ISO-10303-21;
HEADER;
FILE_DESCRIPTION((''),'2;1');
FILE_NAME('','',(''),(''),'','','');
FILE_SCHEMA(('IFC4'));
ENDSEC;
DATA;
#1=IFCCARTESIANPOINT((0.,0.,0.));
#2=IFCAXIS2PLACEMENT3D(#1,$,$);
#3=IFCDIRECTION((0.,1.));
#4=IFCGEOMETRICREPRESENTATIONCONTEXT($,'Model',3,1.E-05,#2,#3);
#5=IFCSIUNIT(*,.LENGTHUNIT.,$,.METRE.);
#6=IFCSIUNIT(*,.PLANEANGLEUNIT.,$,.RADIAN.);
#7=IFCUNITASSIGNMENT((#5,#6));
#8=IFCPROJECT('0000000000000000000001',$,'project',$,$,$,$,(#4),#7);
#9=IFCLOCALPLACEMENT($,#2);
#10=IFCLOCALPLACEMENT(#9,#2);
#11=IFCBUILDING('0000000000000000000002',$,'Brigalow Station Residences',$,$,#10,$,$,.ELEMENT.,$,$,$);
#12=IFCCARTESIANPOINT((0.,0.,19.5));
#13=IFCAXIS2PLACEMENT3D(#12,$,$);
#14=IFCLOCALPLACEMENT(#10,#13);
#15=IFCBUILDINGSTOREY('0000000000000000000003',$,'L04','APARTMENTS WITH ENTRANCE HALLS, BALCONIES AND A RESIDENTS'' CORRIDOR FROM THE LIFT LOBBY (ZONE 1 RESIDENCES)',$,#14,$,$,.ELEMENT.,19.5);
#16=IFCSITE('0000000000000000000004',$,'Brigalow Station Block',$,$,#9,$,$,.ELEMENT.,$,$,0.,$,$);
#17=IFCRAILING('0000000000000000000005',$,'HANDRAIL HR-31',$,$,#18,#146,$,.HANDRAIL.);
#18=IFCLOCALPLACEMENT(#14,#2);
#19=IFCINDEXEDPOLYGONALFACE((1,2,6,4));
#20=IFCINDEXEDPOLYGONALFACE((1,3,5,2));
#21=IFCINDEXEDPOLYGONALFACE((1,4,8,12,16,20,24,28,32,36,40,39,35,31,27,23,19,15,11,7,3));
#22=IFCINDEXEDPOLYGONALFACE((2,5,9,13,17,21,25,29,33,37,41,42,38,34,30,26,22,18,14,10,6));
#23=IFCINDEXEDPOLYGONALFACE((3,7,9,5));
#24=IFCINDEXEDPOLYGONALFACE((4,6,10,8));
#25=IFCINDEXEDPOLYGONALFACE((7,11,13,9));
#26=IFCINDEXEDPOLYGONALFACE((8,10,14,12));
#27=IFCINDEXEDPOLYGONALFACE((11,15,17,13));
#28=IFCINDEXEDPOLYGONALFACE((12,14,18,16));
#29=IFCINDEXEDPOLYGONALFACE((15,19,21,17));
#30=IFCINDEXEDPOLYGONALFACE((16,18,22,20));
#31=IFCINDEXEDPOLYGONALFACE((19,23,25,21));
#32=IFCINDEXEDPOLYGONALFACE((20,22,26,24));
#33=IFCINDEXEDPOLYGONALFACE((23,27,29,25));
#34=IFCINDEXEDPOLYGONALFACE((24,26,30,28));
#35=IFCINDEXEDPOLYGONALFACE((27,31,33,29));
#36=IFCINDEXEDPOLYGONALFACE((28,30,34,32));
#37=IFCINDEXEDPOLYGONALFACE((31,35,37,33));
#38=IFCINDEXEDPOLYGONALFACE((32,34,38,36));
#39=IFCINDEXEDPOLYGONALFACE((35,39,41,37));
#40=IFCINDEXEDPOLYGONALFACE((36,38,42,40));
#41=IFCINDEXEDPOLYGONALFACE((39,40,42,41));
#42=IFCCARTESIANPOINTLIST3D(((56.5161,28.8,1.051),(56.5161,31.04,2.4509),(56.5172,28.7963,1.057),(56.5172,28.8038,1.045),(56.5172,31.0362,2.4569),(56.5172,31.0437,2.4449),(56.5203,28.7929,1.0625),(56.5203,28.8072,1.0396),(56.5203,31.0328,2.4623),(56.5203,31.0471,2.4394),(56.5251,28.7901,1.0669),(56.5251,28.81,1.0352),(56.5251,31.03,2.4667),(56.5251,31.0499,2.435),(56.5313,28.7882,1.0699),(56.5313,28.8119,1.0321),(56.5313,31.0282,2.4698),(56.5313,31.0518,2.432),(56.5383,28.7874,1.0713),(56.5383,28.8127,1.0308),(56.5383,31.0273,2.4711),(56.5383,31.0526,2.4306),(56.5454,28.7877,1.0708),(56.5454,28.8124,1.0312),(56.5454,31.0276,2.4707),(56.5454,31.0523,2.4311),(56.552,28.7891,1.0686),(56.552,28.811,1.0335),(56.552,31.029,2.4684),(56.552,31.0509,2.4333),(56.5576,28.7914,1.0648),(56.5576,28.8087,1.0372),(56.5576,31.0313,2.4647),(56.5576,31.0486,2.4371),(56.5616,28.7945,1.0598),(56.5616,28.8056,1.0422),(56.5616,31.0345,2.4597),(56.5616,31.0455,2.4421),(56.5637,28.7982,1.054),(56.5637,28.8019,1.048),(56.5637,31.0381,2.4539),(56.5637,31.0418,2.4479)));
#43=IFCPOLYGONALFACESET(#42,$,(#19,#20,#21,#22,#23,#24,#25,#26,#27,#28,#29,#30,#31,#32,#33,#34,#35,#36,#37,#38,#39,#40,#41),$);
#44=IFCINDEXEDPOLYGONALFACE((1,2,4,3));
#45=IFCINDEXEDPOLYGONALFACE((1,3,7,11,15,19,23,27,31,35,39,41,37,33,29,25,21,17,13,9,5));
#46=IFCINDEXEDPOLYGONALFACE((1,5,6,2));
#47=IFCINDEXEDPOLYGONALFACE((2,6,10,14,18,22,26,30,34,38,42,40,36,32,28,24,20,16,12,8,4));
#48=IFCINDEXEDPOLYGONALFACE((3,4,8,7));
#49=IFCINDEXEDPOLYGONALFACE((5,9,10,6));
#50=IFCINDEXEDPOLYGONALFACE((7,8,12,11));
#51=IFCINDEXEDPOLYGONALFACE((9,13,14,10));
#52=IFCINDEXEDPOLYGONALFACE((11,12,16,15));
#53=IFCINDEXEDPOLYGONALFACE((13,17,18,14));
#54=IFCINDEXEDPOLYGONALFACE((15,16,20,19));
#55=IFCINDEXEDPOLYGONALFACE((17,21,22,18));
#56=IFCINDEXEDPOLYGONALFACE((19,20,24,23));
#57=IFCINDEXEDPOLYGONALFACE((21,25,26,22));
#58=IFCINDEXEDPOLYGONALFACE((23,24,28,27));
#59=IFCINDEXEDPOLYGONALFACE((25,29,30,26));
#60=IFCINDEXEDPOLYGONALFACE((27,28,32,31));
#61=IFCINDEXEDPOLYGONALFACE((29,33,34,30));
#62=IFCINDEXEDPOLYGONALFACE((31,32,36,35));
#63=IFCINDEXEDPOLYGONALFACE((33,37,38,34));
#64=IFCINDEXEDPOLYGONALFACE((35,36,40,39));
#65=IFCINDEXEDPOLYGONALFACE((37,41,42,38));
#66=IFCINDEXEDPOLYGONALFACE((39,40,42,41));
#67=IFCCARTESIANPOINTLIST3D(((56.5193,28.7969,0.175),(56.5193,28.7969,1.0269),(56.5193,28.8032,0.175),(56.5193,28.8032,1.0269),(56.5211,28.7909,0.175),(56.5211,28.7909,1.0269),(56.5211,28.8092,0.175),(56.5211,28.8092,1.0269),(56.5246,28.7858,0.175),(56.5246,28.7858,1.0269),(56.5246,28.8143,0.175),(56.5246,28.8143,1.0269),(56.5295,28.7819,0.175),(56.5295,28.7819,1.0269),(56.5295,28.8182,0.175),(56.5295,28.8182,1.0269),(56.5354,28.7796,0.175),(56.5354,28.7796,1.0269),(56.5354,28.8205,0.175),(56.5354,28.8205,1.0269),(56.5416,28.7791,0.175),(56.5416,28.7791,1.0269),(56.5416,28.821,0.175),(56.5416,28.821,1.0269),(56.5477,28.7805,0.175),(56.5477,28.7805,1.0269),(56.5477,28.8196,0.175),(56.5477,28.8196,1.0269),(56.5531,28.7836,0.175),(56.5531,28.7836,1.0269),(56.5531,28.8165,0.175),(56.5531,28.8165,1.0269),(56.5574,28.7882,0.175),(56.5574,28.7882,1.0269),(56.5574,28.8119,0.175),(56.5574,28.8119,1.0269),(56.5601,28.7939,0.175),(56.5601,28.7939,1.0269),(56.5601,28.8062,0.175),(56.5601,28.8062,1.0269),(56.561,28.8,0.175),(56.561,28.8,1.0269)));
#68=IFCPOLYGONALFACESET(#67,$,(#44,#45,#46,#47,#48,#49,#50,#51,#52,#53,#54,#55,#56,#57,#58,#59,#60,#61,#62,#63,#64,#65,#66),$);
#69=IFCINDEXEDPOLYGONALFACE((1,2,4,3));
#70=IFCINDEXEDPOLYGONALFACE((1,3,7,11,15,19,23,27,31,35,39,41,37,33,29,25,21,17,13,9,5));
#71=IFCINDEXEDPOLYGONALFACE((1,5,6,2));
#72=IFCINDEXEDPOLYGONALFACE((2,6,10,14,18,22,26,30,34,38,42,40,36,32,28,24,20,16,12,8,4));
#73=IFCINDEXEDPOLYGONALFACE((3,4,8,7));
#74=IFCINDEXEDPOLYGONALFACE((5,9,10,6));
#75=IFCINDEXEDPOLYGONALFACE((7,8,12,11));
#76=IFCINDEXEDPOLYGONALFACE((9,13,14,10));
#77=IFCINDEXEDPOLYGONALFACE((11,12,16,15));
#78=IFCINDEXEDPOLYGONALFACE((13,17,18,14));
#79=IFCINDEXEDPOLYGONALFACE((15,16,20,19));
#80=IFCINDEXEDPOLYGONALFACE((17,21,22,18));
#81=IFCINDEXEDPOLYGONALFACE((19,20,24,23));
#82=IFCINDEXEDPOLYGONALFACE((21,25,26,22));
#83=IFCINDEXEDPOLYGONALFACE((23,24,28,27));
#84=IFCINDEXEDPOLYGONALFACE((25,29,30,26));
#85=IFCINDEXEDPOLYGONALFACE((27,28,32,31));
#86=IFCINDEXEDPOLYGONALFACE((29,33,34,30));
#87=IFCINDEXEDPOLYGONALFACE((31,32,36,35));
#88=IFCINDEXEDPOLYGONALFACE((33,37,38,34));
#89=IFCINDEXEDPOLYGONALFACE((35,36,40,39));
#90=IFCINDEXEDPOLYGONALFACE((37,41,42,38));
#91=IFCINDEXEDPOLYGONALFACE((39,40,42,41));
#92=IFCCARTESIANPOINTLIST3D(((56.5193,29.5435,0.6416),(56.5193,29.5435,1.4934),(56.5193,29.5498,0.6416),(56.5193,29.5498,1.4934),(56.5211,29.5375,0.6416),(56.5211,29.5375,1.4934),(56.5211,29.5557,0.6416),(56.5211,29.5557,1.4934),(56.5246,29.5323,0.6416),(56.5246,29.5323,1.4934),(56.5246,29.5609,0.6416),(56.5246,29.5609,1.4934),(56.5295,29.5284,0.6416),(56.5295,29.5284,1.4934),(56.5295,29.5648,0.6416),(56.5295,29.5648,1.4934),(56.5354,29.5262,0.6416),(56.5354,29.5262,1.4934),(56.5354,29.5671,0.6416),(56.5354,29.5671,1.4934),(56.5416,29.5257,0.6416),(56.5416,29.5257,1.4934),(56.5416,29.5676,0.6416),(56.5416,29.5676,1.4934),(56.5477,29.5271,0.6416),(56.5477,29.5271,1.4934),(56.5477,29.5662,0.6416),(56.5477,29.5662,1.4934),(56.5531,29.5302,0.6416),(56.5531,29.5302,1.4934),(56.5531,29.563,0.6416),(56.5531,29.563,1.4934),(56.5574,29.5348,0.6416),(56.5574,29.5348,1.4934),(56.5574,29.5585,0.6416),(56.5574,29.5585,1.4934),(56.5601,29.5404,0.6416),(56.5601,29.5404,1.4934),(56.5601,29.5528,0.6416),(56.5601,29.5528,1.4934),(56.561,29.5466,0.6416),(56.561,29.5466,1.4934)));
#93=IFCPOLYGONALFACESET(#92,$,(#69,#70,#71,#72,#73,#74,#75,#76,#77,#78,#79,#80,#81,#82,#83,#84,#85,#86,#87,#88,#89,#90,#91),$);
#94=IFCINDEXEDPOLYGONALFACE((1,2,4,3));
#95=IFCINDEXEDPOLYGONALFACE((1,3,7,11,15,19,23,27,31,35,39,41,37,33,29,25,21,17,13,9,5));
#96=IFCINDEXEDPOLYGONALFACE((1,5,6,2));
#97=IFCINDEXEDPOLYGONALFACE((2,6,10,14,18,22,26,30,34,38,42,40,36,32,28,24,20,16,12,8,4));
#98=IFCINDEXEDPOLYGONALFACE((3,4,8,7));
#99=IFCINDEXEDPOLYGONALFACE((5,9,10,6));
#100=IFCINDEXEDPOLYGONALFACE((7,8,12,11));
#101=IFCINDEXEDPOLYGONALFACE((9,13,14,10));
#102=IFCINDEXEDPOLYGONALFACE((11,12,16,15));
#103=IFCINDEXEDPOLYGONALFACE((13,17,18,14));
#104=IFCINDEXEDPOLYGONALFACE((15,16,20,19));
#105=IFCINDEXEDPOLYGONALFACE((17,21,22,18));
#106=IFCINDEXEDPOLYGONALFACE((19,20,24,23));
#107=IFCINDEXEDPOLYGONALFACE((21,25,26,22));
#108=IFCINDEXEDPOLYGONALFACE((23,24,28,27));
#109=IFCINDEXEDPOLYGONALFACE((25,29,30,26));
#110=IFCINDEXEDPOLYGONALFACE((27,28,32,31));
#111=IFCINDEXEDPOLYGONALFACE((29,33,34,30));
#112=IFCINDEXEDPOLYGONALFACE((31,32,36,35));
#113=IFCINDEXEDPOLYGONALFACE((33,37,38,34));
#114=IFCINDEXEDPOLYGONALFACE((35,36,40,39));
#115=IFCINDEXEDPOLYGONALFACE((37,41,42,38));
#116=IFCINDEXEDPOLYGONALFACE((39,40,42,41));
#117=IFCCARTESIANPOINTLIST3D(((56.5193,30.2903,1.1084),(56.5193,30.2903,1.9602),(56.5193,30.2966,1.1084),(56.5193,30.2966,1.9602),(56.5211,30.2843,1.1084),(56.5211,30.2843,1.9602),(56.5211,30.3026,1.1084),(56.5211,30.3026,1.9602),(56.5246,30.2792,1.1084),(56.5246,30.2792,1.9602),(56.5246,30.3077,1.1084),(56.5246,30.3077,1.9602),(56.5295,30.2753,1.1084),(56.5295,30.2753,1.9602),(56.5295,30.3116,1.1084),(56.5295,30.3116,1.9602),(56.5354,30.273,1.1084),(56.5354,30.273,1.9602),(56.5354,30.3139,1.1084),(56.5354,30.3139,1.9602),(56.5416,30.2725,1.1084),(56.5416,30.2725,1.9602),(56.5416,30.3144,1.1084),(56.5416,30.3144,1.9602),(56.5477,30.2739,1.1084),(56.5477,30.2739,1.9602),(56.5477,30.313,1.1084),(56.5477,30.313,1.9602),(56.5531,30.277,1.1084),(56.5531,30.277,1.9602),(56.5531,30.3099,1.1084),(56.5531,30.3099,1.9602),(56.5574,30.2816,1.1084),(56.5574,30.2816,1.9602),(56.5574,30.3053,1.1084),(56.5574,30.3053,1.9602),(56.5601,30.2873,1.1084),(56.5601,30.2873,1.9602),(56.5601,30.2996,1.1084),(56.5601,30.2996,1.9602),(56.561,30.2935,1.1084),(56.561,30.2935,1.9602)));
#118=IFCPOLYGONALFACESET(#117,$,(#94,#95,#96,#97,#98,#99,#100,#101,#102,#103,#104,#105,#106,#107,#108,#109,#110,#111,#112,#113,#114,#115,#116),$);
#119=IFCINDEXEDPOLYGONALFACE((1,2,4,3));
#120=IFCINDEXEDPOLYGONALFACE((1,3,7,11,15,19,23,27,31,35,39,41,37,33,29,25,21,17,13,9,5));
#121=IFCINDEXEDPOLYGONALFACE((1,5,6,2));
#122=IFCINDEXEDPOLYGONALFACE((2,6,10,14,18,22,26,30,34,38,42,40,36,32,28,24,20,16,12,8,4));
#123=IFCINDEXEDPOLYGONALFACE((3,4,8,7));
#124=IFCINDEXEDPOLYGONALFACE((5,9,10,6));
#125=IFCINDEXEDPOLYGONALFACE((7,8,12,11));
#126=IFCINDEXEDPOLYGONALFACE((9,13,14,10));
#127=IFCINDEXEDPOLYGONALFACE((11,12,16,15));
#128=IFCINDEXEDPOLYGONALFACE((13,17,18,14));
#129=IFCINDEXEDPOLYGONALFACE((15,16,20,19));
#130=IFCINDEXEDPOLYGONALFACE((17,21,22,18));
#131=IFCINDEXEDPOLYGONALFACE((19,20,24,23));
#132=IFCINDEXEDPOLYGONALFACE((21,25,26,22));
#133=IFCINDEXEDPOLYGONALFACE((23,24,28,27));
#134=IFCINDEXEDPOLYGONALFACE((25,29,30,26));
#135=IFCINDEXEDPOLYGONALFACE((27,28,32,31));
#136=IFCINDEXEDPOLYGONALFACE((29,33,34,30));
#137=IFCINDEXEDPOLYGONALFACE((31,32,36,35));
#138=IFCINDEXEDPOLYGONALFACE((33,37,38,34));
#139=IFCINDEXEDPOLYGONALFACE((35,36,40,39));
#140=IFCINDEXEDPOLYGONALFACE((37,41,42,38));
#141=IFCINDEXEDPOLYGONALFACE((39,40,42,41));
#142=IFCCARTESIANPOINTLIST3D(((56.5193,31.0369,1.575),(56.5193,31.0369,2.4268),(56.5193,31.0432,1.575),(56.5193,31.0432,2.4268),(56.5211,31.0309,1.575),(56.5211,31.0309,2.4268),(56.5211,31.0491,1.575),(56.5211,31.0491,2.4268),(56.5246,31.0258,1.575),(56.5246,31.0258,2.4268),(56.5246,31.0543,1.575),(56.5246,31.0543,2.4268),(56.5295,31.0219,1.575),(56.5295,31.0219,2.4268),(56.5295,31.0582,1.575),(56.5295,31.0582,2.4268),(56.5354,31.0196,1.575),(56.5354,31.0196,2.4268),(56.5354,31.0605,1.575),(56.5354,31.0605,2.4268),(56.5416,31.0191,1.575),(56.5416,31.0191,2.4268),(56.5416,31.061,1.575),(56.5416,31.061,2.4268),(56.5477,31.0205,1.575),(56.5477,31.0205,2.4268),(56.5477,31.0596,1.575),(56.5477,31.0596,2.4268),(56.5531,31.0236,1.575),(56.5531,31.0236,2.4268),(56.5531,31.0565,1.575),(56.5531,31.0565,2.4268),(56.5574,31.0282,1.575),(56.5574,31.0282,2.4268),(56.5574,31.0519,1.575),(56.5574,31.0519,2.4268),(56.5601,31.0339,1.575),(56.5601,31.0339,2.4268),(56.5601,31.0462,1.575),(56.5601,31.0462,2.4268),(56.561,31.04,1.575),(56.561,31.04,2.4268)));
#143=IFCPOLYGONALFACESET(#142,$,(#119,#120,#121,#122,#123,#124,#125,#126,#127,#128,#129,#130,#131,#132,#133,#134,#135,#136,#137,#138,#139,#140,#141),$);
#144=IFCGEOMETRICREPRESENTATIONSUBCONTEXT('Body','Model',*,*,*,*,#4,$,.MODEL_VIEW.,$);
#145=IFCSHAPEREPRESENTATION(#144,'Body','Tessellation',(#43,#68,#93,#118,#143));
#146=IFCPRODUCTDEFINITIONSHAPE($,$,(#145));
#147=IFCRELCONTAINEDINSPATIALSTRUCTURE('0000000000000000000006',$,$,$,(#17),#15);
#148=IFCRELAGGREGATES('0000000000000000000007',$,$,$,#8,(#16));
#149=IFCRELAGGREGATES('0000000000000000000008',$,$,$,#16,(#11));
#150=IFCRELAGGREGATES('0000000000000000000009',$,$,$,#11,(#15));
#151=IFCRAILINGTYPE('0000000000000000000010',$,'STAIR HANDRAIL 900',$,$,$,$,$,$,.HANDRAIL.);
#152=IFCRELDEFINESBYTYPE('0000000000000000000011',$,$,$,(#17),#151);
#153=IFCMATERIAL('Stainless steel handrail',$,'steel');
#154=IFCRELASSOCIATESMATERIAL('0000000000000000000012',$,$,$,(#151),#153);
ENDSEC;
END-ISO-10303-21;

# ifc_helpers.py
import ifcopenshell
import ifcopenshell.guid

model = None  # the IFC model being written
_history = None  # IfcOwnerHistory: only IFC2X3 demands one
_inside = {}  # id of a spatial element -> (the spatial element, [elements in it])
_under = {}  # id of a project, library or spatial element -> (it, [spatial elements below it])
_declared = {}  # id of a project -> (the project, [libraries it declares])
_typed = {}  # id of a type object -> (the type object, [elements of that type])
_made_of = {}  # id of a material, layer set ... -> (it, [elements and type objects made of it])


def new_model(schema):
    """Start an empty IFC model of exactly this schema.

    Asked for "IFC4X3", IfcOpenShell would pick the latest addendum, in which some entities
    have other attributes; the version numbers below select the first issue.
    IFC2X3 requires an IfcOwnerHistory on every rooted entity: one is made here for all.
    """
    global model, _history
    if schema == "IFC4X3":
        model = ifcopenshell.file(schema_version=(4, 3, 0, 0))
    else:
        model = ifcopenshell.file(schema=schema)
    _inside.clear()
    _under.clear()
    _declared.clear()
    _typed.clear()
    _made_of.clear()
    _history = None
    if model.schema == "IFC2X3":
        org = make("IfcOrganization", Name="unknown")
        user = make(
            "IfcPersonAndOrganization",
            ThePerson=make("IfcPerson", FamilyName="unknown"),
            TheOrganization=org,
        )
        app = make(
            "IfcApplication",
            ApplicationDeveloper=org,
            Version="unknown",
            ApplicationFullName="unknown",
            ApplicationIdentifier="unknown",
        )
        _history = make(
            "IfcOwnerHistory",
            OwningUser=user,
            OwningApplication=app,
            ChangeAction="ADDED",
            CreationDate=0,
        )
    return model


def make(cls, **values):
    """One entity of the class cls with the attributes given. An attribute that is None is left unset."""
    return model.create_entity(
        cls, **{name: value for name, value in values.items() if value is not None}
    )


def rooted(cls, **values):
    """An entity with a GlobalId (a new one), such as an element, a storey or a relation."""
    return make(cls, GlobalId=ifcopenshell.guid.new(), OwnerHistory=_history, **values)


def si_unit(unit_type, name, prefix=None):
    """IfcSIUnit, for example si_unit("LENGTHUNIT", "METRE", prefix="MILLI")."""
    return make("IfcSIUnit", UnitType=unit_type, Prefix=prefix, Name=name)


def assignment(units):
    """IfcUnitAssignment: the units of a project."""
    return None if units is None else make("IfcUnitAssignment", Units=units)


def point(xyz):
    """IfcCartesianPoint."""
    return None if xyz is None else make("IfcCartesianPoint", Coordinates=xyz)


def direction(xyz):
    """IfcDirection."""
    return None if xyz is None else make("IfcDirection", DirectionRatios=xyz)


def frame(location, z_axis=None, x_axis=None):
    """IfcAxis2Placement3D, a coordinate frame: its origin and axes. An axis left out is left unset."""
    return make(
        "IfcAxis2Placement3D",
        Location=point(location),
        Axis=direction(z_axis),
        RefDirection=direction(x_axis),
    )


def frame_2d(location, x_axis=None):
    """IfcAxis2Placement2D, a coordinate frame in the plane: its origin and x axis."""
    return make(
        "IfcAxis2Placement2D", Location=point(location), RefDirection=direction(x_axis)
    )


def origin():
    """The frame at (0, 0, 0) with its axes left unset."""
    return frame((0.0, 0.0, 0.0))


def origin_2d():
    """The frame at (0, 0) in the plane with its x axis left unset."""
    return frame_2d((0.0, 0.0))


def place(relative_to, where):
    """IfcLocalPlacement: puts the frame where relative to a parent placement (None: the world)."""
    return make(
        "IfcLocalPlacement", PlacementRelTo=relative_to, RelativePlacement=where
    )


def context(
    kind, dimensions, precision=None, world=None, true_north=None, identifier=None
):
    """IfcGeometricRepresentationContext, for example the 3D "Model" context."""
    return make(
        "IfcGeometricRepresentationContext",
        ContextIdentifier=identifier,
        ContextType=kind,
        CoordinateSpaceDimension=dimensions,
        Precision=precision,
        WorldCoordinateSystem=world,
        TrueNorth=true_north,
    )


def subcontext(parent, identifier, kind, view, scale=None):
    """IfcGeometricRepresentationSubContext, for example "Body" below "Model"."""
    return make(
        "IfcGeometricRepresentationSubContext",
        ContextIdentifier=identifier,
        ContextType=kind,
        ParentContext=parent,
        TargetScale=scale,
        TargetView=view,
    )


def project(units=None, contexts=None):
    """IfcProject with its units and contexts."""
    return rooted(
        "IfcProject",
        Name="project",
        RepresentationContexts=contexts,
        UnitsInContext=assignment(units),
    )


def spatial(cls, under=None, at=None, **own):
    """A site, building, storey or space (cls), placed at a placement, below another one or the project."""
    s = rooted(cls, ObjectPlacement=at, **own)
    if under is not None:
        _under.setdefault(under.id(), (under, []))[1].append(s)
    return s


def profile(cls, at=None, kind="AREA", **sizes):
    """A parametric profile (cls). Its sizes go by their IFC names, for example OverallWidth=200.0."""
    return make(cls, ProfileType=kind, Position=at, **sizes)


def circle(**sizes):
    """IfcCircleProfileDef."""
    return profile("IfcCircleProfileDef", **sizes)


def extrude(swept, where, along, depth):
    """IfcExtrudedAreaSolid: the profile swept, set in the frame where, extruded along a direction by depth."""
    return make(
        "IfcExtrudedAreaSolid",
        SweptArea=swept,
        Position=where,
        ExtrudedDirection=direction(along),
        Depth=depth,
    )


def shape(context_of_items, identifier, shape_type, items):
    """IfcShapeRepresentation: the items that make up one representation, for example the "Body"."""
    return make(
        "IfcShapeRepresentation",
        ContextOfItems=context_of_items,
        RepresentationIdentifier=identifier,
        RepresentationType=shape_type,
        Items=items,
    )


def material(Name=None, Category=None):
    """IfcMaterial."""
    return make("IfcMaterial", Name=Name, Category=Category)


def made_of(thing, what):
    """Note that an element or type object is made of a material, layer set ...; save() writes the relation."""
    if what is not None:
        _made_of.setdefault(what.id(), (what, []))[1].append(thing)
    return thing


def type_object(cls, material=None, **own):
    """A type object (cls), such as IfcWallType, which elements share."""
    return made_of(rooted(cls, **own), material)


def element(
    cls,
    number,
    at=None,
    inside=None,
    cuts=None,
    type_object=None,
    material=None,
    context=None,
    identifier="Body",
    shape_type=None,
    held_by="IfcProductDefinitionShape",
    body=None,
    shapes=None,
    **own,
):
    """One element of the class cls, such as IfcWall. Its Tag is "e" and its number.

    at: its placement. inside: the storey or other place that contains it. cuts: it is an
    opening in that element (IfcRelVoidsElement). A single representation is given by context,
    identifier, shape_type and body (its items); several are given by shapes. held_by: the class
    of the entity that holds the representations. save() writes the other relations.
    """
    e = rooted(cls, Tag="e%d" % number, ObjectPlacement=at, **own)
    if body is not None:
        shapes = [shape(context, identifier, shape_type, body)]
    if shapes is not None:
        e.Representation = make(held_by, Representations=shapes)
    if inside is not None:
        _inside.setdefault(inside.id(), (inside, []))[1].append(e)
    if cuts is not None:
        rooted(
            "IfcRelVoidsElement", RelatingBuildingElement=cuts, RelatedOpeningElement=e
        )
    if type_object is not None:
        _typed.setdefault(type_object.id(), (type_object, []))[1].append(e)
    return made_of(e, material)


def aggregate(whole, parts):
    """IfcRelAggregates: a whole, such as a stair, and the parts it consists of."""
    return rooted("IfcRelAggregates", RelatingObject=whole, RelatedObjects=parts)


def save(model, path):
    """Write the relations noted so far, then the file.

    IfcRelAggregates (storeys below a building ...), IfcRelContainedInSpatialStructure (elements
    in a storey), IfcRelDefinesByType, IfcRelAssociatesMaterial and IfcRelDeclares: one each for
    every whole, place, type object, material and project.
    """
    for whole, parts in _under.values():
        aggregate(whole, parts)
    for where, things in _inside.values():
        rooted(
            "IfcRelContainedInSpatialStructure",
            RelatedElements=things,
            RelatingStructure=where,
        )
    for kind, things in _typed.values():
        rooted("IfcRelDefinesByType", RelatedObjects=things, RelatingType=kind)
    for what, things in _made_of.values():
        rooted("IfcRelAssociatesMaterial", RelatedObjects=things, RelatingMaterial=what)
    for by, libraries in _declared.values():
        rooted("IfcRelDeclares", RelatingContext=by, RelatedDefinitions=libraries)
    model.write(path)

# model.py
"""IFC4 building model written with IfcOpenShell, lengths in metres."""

from ifc_helpers import new_model, si_unit, direction, frame, origin, origin_2d, place, context, subcontext, project, spatial, circle, extrude, material, type_object, element, save


model = new_model("IFC4")

# Units and contexts
model_context = context("Model", 3, precision=1e-05, world=origin(), true_north=direction((0.0, 1.0)))
body_context = subcontext(model_context, "Body", "Model", "MODEL_VIEW")
ifc_project = project(units=[si_unit("LENGTHUNIT", "METRE"), si_unit("PLANEANGLEUNIT", "RADIAN")], contexts=[model_context])

# Site, building, storey
site_placement = place(None, origin())
site = spatial("IfcSite", under=ifc_project, at=site_placement, Name="Brigalow Station Block", CompositionType="ELEMENT", RefElevation=0.0)
building_placement = place(site_placement, origin())
building = spatial("IfcBuilding", under=site, at=building_placement, Name="Brigalow Station Residences", CompositionType="ELEMENT")
storey_placement = place(building_placement, frame((0.0, 0.0, 19.5)))
storey = spatial("IfcBuildingStorey", under=building, at=storey_placement, Name="L04", Description="APARTMENTS WITH ENTRANCE HALLS, BALCONIES AND A RESIDENTS' CORRIDOR FROM THE LIFT LOBBY (ZONE 1 RESIDENCES)", CompositionType="ELEMENT", Elevation=19.5)

# Railing
ifc_material_1 = material(Name="Stainless steel handrail", Category="steel")
railing_type = type_object("IfcRailingType", Name="STAIR HANDRAIL 900", PredefinedType="HANDRAIL", material=ifc_material_1)
railing_placement = place(storey_placement, frame((56.54, 28.8, 0.175)))
element("IfcRailing", 1, at=railing_placement, inside=storey, type_object=railing_type, Name="HANDRAIL HR-31", PredefinedType="HANDRAIL", context=body_context, shape_type="SweptSolid", body=[
    extrude(circle(Radius=0.0239, at=origin_2d()), frame((0.0, 0.0, 0.876), z_axis=(0.0, 0.848014, 0.529974), x_axis=(-1.0, 0.0, 0.0)), (0.0, 0.0, 1.0), 2.6414),
    extrude(circle(Radius=0.021, at=origin_2d()), origin(), (0.0, 0.0, 1.0), 0.8518),
    extrude(circle(Radius=0.021, at=origin_2d()), frame((0.0, 0.7466, 0.4666)), (0.0, 0.0, 1.0), 0.8518),
    extrude(circle(Radius=0.021, at=origin_2d()), frame((0.0, 1.4934, 0.9333)), (0.0, 0.0, 1.0), 0.8518),
    extrude(circle(Radius=0.021, at=origin_2d()), frame((0.0, 2.24, 1.3999)), (0.0, 0.0, 1.0), 0.8518),
])

save(model, "model.ifc")
